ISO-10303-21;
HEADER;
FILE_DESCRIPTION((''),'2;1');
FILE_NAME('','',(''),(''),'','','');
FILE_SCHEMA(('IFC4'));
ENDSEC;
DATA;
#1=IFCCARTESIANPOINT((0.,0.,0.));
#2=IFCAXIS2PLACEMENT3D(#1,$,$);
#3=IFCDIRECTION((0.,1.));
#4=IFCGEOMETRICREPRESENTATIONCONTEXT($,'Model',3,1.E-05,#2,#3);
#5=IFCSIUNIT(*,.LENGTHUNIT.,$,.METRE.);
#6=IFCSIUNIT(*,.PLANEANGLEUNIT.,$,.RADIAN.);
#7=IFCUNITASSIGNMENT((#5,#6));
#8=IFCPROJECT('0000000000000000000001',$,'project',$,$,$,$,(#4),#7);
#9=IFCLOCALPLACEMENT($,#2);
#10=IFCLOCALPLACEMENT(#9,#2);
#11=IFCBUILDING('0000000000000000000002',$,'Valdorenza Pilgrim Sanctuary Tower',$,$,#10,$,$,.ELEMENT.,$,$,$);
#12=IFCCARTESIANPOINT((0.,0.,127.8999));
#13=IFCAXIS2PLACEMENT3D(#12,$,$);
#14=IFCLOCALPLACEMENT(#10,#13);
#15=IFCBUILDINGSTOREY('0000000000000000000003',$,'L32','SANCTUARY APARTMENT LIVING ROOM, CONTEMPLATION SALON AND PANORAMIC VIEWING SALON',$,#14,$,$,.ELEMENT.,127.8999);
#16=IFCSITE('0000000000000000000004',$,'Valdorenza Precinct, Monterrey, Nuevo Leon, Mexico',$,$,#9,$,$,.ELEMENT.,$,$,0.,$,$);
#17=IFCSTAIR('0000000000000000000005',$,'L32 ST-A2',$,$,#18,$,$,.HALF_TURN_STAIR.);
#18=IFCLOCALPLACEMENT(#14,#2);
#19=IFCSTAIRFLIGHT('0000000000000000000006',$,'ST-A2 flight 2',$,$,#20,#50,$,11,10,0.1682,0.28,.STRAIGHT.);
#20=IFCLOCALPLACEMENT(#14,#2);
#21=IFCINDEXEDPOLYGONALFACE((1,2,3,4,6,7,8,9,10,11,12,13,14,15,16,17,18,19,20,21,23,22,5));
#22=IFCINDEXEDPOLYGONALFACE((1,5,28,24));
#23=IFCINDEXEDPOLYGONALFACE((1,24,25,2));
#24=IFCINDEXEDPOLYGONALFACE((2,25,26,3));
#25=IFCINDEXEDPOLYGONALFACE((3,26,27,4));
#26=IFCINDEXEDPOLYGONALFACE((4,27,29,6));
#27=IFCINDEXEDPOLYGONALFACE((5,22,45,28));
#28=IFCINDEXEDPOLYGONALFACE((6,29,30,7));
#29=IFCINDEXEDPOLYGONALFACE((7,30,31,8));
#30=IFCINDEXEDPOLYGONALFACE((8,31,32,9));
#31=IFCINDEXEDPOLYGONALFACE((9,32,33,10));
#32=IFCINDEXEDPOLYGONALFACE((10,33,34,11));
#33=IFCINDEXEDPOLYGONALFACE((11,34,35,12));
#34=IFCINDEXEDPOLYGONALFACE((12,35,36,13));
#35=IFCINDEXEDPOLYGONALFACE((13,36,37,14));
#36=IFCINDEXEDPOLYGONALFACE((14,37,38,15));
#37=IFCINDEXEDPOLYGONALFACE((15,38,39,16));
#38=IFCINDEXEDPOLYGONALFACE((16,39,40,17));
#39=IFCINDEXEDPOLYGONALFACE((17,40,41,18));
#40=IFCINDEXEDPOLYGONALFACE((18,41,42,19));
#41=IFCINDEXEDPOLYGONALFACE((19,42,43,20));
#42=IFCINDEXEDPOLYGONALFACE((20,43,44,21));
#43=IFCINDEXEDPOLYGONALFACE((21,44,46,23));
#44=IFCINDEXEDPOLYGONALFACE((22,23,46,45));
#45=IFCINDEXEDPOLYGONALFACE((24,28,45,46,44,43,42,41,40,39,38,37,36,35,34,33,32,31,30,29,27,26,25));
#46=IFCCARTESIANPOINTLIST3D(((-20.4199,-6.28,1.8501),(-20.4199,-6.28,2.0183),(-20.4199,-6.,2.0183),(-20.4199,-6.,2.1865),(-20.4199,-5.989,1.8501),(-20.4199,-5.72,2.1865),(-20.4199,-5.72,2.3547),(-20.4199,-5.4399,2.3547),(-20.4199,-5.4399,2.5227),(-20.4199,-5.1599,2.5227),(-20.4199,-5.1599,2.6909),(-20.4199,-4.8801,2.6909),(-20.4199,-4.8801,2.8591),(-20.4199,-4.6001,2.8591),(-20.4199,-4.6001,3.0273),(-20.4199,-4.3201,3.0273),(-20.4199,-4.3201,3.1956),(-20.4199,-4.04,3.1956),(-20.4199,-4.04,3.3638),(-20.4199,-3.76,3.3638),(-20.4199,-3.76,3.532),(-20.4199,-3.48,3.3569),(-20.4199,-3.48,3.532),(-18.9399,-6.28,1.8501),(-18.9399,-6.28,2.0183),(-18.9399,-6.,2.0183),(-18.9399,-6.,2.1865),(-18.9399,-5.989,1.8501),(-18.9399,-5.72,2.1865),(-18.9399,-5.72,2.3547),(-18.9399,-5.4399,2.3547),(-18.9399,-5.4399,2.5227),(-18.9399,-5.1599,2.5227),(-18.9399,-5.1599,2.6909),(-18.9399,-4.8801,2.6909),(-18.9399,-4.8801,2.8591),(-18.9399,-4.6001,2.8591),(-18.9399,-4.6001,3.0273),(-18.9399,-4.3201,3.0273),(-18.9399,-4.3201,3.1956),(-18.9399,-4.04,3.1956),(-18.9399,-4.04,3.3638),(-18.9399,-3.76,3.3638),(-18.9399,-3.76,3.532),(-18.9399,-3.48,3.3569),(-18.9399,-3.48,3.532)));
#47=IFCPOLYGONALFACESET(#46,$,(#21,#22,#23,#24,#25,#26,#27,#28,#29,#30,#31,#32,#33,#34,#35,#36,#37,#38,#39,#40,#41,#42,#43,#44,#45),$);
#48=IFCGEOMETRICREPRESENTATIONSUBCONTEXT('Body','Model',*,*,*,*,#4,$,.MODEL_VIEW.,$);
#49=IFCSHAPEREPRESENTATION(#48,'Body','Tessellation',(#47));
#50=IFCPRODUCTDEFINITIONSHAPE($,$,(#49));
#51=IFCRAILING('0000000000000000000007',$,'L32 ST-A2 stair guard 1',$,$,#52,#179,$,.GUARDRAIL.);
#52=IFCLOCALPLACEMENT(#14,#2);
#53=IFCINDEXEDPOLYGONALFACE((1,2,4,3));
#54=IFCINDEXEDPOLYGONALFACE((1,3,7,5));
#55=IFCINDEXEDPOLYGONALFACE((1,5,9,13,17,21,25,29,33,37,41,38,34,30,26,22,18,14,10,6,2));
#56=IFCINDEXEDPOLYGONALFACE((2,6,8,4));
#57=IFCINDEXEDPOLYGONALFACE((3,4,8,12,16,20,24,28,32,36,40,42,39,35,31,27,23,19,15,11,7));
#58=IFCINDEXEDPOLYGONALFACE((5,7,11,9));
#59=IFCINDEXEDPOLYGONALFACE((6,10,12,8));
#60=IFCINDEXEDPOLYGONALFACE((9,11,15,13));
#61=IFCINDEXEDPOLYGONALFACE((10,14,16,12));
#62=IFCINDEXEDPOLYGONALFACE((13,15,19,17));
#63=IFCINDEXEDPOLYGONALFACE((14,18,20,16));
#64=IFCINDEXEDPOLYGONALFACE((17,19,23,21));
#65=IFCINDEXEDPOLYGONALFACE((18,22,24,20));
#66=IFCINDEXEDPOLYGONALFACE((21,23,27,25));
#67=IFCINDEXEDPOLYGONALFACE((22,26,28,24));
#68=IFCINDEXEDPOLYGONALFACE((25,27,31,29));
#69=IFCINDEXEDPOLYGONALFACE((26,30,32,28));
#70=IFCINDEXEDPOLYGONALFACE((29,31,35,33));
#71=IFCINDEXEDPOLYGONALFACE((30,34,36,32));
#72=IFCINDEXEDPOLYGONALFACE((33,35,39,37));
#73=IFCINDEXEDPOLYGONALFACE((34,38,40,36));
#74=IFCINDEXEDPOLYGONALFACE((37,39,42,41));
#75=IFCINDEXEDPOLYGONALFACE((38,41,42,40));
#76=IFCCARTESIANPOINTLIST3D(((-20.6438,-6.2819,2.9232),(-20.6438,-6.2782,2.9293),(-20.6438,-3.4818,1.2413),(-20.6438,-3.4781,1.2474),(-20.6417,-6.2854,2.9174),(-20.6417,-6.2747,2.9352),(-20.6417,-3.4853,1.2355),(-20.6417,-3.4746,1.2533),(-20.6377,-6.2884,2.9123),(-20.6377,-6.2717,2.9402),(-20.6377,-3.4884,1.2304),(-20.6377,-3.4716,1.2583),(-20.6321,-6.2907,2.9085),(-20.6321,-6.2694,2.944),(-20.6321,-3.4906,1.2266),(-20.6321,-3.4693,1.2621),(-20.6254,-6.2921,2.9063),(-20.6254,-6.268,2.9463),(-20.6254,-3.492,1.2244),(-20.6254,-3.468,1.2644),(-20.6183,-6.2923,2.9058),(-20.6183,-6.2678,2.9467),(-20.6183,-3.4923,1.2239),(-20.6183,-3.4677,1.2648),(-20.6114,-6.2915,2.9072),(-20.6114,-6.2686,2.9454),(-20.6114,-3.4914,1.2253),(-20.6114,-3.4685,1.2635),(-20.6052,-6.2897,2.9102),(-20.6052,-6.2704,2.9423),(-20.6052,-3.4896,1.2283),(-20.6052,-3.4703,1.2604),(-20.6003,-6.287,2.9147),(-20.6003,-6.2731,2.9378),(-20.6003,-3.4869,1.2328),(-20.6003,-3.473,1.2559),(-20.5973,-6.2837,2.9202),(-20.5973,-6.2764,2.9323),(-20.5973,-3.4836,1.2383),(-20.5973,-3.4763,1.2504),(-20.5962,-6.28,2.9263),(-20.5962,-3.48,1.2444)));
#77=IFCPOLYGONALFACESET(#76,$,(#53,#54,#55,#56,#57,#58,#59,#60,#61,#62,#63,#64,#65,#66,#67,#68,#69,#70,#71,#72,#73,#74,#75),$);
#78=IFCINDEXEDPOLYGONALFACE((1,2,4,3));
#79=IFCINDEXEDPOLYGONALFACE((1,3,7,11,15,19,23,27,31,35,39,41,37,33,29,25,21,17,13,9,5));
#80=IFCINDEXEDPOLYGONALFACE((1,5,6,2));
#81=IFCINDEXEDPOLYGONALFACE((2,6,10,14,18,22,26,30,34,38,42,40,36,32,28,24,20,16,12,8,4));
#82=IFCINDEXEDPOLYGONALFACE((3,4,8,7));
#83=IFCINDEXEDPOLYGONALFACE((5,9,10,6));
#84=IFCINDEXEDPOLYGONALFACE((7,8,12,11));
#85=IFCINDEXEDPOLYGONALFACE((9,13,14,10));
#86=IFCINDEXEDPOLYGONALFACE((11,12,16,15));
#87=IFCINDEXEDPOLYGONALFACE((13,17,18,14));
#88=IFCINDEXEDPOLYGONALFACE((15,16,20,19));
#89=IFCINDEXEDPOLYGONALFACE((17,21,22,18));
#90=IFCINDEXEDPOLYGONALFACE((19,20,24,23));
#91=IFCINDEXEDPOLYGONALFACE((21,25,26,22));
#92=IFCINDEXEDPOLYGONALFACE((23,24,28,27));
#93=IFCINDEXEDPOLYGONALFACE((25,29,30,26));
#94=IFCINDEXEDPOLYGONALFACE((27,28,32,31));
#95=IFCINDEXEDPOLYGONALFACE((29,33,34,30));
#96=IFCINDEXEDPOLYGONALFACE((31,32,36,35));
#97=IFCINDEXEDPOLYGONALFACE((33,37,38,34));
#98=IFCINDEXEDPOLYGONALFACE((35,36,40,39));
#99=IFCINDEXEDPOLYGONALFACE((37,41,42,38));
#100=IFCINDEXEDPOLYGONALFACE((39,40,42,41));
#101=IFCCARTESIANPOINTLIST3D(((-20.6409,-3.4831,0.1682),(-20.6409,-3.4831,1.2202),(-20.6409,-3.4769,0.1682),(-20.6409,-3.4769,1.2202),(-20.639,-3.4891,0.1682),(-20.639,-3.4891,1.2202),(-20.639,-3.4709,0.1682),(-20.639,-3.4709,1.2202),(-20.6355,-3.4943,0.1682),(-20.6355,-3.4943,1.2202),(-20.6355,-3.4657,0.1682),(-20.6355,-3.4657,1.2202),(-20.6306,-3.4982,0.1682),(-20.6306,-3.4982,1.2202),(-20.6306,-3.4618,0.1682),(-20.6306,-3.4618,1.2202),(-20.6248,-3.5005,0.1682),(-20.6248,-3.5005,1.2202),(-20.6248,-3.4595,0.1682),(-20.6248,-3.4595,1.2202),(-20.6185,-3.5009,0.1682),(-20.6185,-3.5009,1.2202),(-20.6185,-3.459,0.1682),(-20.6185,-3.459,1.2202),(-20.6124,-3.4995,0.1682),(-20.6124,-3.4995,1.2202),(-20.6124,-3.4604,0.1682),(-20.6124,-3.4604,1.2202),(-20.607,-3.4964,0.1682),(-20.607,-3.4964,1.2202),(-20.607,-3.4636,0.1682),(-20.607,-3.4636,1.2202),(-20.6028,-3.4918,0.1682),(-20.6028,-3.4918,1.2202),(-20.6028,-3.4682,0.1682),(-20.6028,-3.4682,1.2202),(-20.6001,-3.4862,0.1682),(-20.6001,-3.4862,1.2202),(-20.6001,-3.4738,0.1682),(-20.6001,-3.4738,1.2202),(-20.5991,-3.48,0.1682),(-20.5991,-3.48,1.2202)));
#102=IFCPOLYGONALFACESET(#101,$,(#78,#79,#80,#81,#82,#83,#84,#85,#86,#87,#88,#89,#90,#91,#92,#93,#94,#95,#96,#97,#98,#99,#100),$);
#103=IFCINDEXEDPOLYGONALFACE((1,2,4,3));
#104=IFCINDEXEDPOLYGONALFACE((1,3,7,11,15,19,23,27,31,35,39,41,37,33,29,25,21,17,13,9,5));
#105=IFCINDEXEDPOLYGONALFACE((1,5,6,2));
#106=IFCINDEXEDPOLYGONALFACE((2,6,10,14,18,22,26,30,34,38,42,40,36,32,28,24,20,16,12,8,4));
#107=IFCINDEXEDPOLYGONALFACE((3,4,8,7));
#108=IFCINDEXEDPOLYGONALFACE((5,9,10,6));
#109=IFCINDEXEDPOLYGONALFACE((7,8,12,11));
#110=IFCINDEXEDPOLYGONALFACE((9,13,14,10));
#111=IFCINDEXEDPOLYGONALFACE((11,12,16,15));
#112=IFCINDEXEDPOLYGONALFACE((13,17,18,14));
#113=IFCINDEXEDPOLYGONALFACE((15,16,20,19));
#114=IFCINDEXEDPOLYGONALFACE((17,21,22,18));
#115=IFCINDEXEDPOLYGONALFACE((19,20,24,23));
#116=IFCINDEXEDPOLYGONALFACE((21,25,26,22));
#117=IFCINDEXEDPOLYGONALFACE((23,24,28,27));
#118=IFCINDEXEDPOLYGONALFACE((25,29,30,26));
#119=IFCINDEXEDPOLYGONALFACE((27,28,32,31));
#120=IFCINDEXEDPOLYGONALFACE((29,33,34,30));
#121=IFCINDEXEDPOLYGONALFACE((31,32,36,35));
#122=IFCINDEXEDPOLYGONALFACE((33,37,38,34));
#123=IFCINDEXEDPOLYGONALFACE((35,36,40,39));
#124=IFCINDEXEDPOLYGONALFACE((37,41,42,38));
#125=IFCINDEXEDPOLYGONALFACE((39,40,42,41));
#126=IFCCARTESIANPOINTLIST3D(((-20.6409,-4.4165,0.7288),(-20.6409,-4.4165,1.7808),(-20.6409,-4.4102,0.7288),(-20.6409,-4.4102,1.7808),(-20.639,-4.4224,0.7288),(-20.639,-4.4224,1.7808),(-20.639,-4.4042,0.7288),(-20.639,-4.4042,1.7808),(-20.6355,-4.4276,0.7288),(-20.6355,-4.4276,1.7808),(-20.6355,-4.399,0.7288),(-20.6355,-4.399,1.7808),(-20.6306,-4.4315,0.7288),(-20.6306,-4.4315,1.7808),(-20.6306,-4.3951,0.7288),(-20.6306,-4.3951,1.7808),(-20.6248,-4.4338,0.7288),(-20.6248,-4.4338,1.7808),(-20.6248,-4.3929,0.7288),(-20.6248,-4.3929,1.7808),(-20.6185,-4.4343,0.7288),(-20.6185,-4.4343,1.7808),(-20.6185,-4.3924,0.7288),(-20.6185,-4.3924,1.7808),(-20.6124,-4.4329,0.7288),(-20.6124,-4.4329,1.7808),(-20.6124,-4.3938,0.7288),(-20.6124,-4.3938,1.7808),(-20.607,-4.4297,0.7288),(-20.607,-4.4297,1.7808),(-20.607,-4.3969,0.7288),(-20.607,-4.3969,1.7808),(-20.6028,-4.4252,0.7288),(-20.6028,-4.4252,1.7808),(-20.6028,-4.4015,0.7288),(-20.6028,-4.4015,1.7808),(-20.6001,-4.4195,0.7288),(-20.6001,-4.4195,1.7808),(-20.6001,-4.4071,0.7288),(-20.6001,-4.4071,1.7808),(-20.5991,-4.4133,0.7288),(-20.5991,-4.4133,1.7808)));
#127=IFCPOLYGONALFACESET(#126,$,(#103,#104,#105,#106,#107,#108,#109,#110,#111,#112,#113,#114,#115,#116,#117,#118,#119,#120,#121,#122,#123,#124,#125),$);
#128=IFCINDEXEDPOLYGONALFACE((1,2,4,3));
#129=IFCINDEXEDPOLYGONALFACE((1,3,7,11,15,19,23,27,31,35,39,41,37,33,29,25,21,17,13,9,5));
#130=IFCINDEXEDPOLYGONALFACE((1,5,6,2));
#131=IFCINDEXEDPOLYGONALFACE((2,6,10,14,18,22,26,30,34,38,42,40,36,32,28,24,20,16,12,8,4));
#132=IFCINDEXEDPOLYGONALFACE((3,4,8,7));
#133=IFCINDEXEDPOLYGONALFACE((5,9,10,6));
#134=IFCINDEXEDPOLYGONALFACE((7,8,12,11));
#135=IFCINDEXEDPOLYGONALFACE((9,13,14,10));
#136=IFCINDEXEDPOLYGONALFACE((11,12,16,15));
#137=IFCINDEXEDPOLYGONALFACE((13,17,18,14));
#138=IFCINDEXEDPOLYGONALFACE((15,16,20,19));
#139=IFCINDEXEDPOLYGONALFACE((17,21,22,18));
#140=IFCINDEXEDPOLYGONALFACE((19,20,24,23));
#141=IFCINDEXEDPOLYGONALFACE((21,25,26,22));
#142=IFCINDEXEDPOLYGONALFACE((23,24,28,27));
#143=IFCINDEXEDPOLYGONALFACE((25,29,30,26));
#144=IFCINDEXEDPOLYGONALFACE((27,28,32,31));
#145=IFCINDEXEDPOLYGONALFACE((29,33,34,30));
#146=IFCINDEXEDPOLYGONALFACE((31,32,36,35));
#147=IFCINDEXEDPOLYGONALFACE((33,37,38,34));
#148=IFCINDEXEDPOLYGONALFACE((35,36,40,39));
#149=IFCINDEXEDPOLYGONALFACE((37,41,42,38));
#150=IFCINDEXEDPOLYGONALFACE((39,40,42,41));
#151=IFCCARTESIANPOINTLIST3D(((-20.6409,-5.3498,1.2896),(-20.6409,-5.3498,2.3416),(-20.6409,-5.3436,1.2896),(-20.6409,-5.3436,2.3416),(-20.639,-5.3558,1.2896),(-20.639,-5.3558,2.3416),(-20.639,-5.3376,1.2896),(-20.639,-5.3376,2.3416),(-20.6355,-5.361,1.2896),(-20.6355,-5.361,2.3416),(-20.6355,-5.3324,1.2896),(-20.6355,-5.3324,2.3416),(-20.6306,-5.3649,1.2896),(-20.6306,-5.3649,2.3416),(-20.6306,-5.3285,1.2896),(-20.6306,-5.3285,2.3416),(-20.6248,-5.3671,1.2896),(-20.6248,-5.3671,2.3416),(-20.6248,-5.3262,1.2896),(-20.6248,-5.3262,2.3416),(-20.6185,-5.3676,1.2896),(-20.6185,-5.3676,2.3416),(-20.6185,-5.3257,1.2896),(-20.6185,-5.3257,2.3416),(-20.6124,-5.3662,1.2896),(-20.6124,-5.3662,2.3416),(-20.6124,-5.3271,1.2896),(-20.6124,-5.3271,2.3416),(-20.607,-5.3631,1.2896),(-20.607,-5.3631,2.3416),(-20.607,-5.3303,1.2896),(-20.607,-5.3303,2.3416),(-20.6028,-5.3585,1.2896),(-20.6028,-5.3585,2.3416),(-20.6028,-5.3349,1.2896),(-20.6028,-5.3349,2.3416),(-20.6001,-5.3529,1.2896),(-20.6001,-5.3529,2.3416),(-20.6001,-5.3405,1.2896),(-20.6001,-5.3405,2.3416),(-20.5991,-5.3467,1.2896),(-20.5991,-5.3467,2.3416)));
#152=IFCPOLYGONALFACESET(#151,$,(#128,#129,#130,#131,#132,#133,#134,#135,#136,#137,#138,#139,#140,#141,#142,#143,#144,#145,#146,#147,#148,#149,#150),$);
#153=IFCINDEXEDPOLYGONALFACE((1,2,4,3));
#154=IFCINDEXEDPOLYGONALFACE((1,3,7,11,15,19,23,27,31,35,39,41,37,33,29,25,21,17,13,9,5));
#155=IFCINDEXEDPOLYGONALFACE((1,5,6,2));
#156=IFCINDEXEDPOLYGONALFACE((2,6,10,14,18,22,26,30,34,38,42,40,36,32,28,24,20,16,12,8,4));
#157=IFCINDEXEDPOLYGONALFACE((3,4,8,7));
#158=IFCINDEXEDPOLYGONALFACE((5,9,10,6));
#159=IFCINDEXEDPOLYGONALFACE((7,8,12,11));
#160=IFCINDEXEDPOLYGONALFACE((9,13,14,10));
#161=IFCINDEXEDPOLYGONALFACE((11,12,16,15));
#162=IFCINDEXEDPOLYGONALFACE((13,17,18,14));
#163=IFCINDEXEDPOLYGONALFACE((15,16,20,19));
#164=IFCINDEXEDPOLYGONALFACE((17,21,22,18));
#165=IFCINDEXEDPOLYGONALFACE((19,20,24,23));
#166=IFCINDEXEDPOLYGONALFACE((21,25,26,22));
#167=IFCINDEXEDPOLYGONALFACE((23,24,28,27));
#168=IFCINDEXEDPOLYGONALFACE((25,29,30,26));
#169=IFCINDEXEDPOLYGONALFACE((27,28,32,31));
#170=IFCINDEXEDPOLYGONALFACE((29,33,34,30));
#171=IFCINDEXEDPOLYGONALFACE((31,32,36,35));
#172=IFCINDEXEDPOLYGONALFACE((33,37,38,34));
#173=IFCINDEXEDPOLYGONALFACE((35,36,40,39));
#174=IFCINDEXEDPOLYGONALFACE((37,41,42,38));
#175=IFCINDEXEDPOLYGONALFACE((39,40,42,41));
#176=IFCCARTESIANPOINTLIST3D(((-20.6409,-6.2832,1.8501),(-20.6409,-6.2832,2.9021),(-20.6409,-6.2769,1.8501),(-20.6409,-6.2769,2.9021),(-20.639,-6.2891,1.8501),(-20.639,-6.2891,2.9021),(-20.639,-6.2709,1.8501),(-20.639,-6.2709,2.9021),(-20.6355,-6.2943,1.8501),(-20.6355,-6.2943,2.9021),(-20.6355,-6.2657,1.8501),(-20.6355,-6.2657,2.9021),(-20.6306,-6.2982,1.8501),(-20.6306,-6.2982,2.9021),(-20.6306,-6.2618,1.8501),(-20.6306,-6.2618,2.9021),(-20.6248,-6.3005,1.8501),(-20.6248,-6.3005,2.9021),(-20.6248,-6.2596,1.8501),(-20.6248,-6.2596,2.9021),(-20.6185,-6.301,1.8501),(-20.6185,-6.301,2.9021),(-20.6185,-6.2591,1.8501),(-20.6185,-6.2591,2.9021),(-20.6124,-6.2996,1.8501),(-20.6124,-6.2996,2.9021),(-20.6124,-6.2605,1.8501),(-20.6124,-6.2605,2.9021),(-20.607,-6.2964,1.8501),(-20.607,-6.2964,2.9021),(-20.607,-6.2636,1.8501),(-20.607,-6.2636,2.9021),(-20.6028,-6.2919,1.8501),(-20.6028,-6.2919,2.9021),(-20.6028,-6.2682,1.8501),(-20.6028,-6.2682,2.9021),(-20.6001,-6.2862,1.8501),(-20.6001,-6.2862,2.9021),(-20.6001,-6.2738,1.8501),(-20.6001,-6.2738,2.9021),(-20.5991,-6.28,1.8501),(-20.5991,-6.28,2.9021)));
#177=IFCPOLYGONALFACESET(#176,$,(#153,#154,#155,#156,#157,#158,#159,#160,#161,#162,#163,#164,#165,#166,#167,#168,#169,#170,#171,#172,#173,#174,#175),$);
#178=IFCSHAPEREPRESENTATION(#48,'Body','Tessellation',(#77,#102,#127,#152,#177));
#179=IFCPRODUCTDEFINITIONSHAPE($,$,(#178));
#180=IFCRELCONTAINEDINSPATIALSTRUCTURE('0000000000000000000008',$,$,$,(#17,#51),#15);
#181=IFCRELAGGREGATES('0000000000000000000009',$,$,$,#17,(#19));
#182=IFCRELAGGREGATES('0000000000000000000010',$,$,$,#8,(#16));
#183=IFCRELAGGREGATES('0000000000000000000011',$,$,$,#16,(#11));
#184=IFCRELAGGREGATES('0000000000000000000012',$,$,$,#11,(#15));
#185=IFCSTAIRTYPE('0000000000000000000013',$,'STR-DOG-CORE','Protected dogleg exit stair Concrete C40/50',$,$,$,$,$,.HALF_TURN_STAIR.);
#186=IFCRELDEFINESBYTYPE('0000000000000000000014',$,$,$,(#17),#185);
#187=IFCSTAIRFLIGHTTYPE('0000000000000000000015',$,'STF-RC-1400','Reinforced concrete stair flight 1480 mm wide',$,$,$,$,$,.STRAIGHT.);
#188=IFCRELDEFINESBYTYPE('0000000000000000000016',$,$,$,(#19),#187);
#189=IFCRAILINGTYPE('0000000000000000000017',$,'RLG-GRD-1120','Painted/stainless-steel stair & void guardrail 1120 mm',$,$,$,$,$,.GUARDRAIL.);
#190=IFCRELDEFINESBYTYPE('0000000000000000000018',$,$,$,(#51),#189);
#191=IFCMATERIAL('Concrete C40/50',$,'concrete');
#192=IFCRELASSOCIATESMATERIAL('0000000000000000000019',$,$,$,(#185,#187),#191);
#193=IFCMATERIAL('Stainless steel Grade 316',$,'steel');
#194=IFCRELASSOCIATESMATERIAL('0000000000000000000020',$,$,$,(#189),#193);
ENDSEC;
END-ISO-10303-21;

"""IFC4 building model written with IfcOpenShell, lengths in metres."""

from ifc_helpers import new_model, si_unit, direction, frame, origin, origin_2d, place, context, subcontext, project, spatial, polyline, circle, outline, extrude, material, type_object, element, aggregate, save


model = new_model("IFC4")

# Units and contexts
model_context = context("Model", 3, precision=1e-05, world=origin(), true_north=direction((0.0, 1.0)))
body_context = subcontext(model_context, "Body", "Model", "MODEL_VIEW")
ifc_project = project(units=[si_unit("LENGTHUNIT", "METRE"), si_unit("PLANEANGLEUNIT", "RADIAN")], contexts=[model_context])

# Site, building, storey
site_placement = place(None, origin())
site = spatial("IfcSite", under=ifc_project, at=site_placement, Name="Valdorenza Precinct, Monterrey, Nuevo Leon, Mexico", CompositionType="ELEMENT", RefElevation=0.0)
building_placement = place(site_placement, origin())
building = spatial("IfcBuilding", under=site, at=building_placement, Name="Valdorenza Pilgrim Sanctuary Tower", CompositionType="ELEMENT")
storey_placement = place(building_placement, frame((0.0, 0.0, 127.8999)))
storey = spatial("IfcBuildingStorey", under=building, at=storey_placement, Name="L32", Description="SANCTUARY APARTMENT LIVING ROOM, CONTEMPLATION SALON AND PANORAMIC VIEWING SALON", CompositionType="ELEMENT", Elevation=127.8999)

# Shared definitions
ifc_material_1 = material(Name="Concrete C40/50", Category="concrete")

# Stair, stair flight
stair_type = type_object("IfcStairType", Name="STR-DOG-CORE", Description="Protected dogleg exit stair Concrete C40/50", PredefinedType="HALF_TURN_STAIR", material=ifc_material_1)
stair_placement = place(storey_placement, origin())
stair = element("IfcStair", 1, at=stair_placement, inside=storey, type_object=stair_type, Name="L32 ST-A2", PredefinedType="HALF_TURN_STAIR")
stair_flight_type = type_object("IfcStairFlightType", Name="STF-RC-1400", Description="Reinforced concrete stair flight 1480 mm wide", PredefinedType="STRAIGHT", material=ifc_material_1)
stair_flight_1_placement = place(storey_placement, frame((-19.6799, -6.28, 1.8501), z_axis=(0.0, 0.0, 1.0), x_axis=(0.0, 1.0, 0.0)))
stair_flight_1 = element("IfcStairFlight", 2, at=stair_flight_1_placement, type_object=stair_flight_type, Name="ST-A2 flight 2", NumberOfRisers=11, NumberOfTreads=10, PredefinedType="STRAIGHT", RiserHeight=0.1682, TreadLength=0.28, context=body_context, shape_type="SweptSolid", body=[
    extrude(outline(polyline([(0.0, 0.0), (0.0, 0.1682), (0.28, 0.1682), (0.28, 0.3364), (0.5601, 0.3364), (0.5601, 0.5046), (0.8401, 0.5046), (0.8401, 0.6726), (1.1201, 0.6726), (1.1201, 0.8408), (1.3999, 0.8408), (1.3999, 1.009), (1.6799, 1.009), (1.6799, 1.1772), (1.96, 1.1772), (1.96, 1.3455), (2.24, 1.3455), (2.24, 1.5137), (2.52, 1.5137), (2.52, 1.6819), (2.8, 1.6819), (2.8, 1.8501), (2.8, 1.5068), (0.291, 0.0), (0.0, 0.0)])), frame((0.0, 0.74, 0.0), z_axis=(0.0, -1.0, 0.0), x_axis=(1.0, 0.0, 0.0)), (0.0, 0.0, 1.0), 1.48),
])
aggregate(stair, [stair_flight_1])

# Railing
ifc_material_2 = material(Name="Stainless steel Grade 316", Category="steel")
railing_type_1 = type_object("IfcRailingType", Name="RLG-GRD-1120", Description="Painted/stainless-steel stair & void guardrail 1120 mm", PredefinedType="GUARDRAIL", material=ifc_material_2)
railing_1_placement = place(storey_placement, frame((-20.6201, -3.48, 0.1682)))
element("IfcRailing", 3, at=railing_1_placement, inside=storey, type_object=railing_type_1, Name="L32 ST-A2 stair guard 1", PredefinedType="GUARDRAIL", context=body_context, shape_type="SweptSolid", body=[
    extrude(circle(Radius=0.0239, at=origin_2d()), frame((0.0, 0.0, 1.0762), z_axis=(0.0, -0.857242, 0.514913), x_axis=(1.0, 0.0, 0.0)), (0.0, 0.0, 1.0), 3.2664),
    extrude(circle(Radius=0.021, at=origin_2d()), origin(), (0.0, 0.0, 1.0), 1.052),
    extrude(circle(Radius=0.021, at=origin_2d()), frame((0.0, -0.9333, 0.5605)), (0.0, 0.0, 1.0), 1.052),
    extrude(circle(Radius=0.021, at=origin_2d()), frame((0.0, -1.8667, 1.1213)), (0.0, 0.0, 1.0), 1.052),
    extrude(circle(Radius=0.021, at=origin_2d()), frame((0.0, -2.8, 1.6819)), (0.0, 0.0, 1.0), 1.052),
])

save(model, "model.ifc")
